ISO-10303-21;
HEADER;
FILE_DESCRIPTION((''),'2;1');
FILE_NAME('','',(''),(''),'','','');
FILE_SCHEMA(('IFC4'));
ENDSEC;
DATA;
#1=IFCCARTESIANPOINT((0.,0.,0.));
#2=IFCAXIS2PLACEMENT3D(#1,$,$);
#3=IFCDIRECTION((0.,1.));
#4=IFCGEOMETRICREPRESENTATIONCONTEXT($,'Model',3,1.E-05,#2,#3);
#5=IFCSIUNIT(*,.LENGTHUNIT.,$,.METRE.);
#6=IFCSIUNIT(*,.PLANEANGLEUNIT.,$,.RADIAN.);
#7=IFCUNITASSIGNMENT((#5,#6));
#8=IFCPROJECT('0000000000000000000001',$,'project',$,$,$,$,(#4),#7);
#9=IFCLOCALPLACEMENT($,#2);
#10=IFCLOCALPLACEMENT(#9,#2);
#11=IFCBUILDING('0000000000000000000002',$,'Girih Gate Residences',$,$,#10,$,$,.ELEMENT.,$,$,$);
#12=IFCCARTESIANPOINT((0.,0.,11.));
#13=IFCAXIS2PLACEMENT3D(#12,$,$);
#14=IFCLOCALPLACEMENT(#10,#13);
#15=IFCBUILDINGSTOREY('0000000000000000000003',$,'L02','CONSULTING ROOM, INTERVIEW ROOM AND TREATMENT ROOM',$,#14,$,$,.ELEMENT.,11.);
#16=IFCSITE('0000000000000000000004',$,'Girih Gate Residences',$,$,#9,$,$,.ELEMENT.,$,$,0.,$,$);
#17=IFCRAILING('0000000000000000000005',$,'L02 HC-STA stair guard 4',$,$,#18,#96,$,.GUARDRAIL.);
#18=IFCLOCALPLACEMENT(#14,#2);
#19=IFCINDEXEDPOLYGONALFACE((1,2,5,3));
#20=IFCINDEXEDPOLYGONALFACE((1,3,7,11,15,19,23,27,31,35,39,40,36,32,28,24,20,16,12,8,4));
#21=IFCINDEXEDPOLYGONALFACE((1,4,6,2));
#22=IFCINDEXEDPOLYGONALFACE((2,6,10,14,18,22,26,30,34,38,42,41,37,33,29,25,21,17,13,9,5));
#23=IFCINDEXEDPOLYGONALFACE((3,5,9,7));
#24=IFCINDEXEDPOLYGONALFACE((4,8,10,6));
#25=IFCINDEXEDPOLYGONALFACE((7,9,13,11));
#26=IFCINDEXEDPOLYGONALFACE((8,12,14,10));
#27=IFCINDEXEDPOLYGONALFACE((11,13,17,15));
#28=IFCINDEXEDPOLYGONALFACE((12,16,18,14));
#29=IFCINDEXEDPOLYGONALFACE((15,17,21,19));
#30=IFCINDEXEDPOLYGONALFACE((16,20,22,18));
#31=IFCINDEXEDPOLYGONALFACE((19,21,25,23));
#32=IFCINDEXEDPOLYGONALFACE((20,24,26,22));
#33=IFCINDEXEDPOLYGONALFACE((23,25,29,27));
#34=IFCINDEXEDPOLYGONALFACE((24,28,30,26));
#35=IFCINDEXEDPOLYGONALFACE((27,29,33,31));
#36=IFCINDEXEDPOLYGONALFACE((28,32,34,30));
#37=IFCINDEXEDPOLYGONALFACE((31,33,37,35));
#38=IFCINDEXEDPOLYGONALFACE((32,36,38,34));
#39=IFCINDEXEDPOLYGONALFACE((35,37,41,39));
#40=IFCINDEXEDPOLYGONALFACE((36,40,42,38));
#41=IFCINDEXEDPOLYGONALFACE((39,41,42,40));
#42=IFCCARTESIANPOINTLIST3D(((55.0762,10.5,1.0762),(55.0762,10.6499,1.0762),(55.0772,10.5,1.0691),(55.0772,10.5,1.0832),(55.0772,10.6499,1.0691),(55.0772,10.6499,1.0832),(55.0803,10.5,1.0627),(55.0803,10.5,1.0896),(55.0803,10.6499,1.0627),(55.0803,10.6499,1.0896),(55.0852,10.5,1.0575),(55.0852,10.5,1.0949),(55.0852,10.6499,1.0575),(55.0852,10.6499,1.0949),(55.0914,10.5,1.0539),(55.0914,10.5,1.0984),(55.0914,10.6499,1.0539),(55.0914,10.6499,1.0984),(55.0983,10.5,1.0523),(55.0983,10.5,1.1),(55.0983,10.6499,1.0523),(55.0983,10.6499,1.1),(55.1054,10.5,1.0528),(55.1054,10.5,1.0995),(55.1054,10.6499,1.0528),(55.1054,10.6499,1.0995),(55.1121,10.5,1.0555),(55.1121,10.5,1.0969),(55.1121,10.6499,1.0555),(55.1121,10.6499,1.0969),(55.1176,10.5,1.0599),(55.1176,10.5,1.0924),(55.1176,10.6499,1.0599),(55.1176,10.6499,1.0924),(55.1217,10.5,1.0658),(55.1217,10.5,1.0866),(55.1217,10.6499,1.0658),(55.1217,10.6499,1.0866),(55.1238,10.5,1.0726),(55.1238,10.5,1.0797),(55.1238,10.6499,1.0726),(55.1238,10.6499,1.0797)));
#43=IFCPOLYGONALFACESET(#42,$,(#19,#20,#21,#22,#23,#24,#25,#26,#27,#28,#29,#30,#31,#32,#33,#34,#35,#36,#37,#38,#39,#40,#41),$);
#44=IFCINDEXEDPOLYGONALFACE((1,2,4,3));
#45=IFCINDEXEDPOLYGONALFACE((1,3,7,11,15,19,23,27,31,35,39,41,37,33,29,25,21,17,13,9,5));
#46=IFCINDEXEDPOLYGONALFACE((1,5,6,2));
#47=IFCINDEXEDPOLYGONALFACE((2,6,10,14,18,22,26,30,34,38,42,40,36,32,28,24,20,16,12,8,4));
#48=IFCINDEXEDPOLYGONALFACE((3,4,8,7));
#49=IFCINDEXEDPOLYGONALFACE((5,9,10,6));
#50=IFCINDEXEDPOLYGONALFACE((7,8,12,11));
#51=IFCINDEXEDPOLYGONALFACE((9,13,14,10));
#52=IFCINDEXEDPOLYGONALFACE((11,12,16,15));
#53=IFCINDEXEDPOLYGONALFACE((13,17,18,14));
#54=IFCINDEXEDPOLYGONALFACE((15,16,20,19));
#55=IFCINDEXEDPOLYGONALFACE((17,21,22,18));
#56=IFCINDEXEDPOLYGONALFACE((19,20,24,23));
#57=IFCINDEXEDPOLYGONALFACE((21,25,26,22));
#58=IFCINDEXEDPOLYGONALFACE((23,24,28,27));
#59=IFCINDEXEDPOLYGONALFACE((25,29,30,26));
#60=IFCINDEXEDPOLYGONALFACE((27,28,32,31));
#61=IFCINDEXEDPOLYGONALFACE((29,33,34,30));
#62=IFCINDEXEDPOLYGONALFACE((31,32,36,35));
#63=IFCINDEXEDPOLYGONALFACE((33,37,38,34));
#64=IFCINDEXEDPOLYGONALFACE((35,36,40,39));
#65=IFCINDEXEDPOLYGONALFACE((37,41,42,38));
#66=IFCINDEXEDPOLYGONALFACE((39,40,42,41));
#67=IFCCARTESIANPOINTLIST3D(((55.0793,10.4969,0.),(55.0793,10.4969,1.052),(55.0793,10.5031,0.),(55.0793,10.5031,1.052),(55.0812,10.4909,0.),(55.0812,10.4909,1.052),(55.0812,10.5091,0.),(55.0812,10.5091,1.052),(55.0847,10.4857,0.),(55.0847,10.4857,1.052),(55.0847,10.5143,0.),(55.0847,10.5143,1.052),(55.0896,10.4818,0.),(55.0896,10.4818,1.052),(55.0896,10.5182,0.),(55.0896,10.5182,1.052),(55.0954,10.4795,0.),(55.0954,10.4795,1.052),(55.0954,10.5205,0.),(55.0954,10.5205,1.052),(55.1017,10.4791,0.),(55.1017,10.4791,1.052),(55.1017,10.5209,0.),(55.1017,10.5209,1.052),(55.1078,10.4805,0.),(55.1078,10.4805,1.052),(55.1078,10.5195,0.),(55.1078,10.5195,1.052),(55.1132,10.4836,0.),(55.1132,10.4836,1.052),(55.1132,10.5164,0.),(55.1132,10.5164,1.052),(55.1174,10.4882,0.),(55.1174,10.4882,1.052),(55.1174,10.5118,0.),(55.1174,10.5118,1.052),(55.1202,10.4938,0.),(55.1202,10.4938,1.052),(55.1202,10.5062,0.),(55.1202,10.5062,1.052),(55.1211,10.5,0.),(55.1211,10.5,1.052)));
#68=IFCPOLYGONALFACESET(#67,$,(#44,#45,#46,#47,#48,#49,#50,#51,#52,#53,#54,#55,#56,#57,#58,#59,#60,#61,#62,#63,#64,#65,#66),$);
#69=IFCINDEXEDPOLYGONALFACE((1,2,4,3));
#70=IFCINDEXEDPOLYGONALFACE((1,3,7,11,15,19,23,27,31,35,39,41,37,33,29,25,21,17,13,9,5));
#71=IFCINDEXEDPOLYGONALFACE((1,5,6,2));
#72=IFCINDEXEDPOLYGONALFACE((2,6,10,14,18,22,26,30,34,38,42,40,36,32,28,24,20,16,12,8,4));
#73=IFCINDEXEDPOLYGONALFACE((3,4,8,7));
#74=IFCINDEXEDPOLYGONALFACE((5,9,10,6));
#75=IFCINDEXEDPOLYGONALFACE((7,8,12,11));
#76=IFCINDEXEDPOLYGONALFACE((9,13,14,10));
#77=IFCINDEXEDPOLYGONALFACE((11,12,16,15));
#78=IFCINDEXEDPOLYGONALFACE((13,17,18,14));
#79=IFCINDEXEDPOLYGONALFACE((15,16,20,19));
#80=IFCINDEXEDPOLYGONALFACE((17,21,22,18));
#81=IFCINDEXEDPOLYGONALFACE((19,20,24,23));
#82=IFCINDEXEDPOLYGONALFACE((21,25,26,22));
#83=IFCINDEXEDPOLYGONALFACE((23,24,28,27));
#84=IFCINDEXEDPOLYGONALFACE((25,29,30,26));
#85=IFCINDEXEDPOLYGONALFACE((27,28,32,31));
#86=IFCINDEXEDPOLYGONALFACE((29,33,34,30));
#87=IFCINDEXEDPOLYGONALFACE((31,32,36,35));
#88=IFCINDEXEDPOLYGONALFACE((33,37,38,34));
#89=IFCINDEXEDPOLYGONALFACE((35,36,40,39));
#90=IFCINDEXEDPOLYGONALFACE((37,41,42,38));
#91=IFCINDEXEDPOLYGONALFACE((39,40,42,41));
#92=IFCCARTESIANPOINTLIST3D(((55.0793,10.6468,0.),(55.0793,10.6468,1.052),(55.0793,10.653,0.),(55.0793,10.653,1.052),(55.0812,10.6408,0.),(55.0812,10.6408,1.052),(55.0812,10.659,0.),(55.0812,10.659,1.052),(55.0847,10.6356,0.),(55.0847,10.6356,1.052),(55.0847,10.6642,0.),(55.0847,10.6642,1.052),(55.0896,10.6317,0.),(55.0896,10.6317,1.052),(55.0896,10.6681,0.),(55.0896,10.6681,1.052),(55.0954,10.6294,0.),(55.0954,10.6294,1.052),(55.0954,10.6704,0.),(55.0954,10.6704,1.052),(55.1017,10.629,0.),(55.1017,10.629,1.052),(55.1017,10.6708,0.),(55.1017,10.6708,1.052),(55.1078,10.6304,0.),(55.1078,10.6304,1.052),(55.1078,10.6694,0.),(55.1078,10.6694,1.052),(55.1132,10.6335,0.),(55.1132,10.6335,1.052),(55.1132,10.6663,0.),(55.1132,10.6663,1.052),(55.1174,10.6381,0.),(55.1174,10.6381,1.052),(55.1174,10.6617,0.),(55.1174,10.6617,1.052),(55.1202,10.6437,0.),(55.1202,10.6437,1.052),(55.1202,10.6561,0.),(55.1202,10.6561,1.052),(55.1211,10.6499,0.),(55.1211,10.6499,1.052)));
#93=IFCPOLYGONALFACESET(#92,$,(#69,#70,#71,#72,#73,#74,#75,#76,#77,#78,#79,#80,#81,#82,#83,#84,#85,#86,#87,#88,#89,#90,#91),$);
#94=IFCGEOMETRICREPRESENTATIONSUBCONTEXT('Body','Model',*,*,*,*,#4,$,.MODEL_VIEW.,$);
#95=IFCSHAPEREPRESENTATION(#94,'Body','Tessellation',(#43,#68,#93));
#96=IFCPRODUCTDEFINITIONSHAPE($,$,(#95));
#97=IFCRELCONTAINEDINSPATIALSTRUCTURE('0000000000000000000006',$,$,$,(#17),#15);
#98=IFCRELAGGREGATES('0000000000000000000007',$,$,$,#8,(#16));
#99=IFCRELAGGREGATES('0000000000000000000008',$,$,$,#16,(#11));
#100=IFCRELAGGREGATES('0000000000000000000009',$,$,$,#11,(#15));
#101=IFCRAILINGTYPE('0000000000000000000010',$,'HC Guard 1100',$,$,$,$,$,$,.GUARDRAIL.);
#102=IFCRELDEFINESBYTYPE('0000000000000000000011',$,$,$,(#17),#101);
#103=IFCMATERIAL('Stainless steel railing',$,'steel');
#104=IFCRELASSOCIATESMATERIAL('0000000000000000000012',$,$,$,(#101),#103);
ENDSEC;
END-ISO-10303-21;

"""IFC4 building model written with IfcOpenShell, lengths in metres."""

from ifc_helpers import new_model, si_unit, direction, frame, origin, origin_2d, place, context, subcontext, project, spatial, circle, extrude, material, type_object, element, save


model = new_model("IFC4")

# Units and contexts
model_context = context("Model", 3, precision=1e-05, world=origin(), true_north=direction((0.0, 1.0)))
body_context = subcontext(model_context, "Body", "Model", "MODEL_VIEW")
ifc_project = project(units=[si_unit("LENGTHUNIT", "METRE"), si_unit("PLANEANGLEUNIT", "RADIAN")], contexts=[model_context])

# Site, building, storey
site_placement = place(None, origin())
site = spatial("IfcSite", under=ifc_project, at=site_placement, Name="Girih Gate Residences", CompositionType="ELEMENT", RefElevation=0.0)
building_placement = place(site_placement, origin())
building = spatial("IfcBuilding", under=site, at=building_placement, Name="Girih Gate Residences", CompositionType="ELEMENT")
storey_placement = place(building_placement, frame((0.0, 0.0, 11.0)))
storey = spatial("IfcBuildingStorey", under=building, at=storey_placement, Name="L02", Description="CONSULTING ROOM, INTERVIEW ROOM AND TREATMENT ROOM", CompositionType="ELEMENT", Elevation=11.0)

# Railing
ifc_material_1 = material(Name="Stainless steel railing", Category="steel")
railing_type_1 = type_object("IfcRailingType", Name="HC Guard 1100", PredefinedType="GUARDRAIL", material=ifc_material_1)
railing_1_placement = place(storey_placement, frame((55.1001, 10.5, 0.0)))
element("IfcRailing", 1, at=railing_1_placement, inside=storey, type_object=railing_type_1, Name="L02 HC-STA stair guard 4", PredefinedType="GUARDRAIL", context=body_context, shape_type="SweptSolid", body=[
    extrude(circle(Radius=0.0239, at=origin_2d()), frame((0.0, 0.0, 1.0762), z_axis=(0.0, 1.0, 0.0), x_axis=(-1.0, 0.0, 0.0)), (0.0, 0.0, 1.0), 0.1499),
    extrude(circle(Radius=0.021, at=origin_2d()), origin(), (0.0, 0.0, 1.0), 1.052),
    extrude(circle(Radius=0.021, at=origin_2d()), frame((0.0, 0.1499, 0.0)), (0.0, 0.0, 1.0), 1.052),
])

save(model, "model.ifc")
